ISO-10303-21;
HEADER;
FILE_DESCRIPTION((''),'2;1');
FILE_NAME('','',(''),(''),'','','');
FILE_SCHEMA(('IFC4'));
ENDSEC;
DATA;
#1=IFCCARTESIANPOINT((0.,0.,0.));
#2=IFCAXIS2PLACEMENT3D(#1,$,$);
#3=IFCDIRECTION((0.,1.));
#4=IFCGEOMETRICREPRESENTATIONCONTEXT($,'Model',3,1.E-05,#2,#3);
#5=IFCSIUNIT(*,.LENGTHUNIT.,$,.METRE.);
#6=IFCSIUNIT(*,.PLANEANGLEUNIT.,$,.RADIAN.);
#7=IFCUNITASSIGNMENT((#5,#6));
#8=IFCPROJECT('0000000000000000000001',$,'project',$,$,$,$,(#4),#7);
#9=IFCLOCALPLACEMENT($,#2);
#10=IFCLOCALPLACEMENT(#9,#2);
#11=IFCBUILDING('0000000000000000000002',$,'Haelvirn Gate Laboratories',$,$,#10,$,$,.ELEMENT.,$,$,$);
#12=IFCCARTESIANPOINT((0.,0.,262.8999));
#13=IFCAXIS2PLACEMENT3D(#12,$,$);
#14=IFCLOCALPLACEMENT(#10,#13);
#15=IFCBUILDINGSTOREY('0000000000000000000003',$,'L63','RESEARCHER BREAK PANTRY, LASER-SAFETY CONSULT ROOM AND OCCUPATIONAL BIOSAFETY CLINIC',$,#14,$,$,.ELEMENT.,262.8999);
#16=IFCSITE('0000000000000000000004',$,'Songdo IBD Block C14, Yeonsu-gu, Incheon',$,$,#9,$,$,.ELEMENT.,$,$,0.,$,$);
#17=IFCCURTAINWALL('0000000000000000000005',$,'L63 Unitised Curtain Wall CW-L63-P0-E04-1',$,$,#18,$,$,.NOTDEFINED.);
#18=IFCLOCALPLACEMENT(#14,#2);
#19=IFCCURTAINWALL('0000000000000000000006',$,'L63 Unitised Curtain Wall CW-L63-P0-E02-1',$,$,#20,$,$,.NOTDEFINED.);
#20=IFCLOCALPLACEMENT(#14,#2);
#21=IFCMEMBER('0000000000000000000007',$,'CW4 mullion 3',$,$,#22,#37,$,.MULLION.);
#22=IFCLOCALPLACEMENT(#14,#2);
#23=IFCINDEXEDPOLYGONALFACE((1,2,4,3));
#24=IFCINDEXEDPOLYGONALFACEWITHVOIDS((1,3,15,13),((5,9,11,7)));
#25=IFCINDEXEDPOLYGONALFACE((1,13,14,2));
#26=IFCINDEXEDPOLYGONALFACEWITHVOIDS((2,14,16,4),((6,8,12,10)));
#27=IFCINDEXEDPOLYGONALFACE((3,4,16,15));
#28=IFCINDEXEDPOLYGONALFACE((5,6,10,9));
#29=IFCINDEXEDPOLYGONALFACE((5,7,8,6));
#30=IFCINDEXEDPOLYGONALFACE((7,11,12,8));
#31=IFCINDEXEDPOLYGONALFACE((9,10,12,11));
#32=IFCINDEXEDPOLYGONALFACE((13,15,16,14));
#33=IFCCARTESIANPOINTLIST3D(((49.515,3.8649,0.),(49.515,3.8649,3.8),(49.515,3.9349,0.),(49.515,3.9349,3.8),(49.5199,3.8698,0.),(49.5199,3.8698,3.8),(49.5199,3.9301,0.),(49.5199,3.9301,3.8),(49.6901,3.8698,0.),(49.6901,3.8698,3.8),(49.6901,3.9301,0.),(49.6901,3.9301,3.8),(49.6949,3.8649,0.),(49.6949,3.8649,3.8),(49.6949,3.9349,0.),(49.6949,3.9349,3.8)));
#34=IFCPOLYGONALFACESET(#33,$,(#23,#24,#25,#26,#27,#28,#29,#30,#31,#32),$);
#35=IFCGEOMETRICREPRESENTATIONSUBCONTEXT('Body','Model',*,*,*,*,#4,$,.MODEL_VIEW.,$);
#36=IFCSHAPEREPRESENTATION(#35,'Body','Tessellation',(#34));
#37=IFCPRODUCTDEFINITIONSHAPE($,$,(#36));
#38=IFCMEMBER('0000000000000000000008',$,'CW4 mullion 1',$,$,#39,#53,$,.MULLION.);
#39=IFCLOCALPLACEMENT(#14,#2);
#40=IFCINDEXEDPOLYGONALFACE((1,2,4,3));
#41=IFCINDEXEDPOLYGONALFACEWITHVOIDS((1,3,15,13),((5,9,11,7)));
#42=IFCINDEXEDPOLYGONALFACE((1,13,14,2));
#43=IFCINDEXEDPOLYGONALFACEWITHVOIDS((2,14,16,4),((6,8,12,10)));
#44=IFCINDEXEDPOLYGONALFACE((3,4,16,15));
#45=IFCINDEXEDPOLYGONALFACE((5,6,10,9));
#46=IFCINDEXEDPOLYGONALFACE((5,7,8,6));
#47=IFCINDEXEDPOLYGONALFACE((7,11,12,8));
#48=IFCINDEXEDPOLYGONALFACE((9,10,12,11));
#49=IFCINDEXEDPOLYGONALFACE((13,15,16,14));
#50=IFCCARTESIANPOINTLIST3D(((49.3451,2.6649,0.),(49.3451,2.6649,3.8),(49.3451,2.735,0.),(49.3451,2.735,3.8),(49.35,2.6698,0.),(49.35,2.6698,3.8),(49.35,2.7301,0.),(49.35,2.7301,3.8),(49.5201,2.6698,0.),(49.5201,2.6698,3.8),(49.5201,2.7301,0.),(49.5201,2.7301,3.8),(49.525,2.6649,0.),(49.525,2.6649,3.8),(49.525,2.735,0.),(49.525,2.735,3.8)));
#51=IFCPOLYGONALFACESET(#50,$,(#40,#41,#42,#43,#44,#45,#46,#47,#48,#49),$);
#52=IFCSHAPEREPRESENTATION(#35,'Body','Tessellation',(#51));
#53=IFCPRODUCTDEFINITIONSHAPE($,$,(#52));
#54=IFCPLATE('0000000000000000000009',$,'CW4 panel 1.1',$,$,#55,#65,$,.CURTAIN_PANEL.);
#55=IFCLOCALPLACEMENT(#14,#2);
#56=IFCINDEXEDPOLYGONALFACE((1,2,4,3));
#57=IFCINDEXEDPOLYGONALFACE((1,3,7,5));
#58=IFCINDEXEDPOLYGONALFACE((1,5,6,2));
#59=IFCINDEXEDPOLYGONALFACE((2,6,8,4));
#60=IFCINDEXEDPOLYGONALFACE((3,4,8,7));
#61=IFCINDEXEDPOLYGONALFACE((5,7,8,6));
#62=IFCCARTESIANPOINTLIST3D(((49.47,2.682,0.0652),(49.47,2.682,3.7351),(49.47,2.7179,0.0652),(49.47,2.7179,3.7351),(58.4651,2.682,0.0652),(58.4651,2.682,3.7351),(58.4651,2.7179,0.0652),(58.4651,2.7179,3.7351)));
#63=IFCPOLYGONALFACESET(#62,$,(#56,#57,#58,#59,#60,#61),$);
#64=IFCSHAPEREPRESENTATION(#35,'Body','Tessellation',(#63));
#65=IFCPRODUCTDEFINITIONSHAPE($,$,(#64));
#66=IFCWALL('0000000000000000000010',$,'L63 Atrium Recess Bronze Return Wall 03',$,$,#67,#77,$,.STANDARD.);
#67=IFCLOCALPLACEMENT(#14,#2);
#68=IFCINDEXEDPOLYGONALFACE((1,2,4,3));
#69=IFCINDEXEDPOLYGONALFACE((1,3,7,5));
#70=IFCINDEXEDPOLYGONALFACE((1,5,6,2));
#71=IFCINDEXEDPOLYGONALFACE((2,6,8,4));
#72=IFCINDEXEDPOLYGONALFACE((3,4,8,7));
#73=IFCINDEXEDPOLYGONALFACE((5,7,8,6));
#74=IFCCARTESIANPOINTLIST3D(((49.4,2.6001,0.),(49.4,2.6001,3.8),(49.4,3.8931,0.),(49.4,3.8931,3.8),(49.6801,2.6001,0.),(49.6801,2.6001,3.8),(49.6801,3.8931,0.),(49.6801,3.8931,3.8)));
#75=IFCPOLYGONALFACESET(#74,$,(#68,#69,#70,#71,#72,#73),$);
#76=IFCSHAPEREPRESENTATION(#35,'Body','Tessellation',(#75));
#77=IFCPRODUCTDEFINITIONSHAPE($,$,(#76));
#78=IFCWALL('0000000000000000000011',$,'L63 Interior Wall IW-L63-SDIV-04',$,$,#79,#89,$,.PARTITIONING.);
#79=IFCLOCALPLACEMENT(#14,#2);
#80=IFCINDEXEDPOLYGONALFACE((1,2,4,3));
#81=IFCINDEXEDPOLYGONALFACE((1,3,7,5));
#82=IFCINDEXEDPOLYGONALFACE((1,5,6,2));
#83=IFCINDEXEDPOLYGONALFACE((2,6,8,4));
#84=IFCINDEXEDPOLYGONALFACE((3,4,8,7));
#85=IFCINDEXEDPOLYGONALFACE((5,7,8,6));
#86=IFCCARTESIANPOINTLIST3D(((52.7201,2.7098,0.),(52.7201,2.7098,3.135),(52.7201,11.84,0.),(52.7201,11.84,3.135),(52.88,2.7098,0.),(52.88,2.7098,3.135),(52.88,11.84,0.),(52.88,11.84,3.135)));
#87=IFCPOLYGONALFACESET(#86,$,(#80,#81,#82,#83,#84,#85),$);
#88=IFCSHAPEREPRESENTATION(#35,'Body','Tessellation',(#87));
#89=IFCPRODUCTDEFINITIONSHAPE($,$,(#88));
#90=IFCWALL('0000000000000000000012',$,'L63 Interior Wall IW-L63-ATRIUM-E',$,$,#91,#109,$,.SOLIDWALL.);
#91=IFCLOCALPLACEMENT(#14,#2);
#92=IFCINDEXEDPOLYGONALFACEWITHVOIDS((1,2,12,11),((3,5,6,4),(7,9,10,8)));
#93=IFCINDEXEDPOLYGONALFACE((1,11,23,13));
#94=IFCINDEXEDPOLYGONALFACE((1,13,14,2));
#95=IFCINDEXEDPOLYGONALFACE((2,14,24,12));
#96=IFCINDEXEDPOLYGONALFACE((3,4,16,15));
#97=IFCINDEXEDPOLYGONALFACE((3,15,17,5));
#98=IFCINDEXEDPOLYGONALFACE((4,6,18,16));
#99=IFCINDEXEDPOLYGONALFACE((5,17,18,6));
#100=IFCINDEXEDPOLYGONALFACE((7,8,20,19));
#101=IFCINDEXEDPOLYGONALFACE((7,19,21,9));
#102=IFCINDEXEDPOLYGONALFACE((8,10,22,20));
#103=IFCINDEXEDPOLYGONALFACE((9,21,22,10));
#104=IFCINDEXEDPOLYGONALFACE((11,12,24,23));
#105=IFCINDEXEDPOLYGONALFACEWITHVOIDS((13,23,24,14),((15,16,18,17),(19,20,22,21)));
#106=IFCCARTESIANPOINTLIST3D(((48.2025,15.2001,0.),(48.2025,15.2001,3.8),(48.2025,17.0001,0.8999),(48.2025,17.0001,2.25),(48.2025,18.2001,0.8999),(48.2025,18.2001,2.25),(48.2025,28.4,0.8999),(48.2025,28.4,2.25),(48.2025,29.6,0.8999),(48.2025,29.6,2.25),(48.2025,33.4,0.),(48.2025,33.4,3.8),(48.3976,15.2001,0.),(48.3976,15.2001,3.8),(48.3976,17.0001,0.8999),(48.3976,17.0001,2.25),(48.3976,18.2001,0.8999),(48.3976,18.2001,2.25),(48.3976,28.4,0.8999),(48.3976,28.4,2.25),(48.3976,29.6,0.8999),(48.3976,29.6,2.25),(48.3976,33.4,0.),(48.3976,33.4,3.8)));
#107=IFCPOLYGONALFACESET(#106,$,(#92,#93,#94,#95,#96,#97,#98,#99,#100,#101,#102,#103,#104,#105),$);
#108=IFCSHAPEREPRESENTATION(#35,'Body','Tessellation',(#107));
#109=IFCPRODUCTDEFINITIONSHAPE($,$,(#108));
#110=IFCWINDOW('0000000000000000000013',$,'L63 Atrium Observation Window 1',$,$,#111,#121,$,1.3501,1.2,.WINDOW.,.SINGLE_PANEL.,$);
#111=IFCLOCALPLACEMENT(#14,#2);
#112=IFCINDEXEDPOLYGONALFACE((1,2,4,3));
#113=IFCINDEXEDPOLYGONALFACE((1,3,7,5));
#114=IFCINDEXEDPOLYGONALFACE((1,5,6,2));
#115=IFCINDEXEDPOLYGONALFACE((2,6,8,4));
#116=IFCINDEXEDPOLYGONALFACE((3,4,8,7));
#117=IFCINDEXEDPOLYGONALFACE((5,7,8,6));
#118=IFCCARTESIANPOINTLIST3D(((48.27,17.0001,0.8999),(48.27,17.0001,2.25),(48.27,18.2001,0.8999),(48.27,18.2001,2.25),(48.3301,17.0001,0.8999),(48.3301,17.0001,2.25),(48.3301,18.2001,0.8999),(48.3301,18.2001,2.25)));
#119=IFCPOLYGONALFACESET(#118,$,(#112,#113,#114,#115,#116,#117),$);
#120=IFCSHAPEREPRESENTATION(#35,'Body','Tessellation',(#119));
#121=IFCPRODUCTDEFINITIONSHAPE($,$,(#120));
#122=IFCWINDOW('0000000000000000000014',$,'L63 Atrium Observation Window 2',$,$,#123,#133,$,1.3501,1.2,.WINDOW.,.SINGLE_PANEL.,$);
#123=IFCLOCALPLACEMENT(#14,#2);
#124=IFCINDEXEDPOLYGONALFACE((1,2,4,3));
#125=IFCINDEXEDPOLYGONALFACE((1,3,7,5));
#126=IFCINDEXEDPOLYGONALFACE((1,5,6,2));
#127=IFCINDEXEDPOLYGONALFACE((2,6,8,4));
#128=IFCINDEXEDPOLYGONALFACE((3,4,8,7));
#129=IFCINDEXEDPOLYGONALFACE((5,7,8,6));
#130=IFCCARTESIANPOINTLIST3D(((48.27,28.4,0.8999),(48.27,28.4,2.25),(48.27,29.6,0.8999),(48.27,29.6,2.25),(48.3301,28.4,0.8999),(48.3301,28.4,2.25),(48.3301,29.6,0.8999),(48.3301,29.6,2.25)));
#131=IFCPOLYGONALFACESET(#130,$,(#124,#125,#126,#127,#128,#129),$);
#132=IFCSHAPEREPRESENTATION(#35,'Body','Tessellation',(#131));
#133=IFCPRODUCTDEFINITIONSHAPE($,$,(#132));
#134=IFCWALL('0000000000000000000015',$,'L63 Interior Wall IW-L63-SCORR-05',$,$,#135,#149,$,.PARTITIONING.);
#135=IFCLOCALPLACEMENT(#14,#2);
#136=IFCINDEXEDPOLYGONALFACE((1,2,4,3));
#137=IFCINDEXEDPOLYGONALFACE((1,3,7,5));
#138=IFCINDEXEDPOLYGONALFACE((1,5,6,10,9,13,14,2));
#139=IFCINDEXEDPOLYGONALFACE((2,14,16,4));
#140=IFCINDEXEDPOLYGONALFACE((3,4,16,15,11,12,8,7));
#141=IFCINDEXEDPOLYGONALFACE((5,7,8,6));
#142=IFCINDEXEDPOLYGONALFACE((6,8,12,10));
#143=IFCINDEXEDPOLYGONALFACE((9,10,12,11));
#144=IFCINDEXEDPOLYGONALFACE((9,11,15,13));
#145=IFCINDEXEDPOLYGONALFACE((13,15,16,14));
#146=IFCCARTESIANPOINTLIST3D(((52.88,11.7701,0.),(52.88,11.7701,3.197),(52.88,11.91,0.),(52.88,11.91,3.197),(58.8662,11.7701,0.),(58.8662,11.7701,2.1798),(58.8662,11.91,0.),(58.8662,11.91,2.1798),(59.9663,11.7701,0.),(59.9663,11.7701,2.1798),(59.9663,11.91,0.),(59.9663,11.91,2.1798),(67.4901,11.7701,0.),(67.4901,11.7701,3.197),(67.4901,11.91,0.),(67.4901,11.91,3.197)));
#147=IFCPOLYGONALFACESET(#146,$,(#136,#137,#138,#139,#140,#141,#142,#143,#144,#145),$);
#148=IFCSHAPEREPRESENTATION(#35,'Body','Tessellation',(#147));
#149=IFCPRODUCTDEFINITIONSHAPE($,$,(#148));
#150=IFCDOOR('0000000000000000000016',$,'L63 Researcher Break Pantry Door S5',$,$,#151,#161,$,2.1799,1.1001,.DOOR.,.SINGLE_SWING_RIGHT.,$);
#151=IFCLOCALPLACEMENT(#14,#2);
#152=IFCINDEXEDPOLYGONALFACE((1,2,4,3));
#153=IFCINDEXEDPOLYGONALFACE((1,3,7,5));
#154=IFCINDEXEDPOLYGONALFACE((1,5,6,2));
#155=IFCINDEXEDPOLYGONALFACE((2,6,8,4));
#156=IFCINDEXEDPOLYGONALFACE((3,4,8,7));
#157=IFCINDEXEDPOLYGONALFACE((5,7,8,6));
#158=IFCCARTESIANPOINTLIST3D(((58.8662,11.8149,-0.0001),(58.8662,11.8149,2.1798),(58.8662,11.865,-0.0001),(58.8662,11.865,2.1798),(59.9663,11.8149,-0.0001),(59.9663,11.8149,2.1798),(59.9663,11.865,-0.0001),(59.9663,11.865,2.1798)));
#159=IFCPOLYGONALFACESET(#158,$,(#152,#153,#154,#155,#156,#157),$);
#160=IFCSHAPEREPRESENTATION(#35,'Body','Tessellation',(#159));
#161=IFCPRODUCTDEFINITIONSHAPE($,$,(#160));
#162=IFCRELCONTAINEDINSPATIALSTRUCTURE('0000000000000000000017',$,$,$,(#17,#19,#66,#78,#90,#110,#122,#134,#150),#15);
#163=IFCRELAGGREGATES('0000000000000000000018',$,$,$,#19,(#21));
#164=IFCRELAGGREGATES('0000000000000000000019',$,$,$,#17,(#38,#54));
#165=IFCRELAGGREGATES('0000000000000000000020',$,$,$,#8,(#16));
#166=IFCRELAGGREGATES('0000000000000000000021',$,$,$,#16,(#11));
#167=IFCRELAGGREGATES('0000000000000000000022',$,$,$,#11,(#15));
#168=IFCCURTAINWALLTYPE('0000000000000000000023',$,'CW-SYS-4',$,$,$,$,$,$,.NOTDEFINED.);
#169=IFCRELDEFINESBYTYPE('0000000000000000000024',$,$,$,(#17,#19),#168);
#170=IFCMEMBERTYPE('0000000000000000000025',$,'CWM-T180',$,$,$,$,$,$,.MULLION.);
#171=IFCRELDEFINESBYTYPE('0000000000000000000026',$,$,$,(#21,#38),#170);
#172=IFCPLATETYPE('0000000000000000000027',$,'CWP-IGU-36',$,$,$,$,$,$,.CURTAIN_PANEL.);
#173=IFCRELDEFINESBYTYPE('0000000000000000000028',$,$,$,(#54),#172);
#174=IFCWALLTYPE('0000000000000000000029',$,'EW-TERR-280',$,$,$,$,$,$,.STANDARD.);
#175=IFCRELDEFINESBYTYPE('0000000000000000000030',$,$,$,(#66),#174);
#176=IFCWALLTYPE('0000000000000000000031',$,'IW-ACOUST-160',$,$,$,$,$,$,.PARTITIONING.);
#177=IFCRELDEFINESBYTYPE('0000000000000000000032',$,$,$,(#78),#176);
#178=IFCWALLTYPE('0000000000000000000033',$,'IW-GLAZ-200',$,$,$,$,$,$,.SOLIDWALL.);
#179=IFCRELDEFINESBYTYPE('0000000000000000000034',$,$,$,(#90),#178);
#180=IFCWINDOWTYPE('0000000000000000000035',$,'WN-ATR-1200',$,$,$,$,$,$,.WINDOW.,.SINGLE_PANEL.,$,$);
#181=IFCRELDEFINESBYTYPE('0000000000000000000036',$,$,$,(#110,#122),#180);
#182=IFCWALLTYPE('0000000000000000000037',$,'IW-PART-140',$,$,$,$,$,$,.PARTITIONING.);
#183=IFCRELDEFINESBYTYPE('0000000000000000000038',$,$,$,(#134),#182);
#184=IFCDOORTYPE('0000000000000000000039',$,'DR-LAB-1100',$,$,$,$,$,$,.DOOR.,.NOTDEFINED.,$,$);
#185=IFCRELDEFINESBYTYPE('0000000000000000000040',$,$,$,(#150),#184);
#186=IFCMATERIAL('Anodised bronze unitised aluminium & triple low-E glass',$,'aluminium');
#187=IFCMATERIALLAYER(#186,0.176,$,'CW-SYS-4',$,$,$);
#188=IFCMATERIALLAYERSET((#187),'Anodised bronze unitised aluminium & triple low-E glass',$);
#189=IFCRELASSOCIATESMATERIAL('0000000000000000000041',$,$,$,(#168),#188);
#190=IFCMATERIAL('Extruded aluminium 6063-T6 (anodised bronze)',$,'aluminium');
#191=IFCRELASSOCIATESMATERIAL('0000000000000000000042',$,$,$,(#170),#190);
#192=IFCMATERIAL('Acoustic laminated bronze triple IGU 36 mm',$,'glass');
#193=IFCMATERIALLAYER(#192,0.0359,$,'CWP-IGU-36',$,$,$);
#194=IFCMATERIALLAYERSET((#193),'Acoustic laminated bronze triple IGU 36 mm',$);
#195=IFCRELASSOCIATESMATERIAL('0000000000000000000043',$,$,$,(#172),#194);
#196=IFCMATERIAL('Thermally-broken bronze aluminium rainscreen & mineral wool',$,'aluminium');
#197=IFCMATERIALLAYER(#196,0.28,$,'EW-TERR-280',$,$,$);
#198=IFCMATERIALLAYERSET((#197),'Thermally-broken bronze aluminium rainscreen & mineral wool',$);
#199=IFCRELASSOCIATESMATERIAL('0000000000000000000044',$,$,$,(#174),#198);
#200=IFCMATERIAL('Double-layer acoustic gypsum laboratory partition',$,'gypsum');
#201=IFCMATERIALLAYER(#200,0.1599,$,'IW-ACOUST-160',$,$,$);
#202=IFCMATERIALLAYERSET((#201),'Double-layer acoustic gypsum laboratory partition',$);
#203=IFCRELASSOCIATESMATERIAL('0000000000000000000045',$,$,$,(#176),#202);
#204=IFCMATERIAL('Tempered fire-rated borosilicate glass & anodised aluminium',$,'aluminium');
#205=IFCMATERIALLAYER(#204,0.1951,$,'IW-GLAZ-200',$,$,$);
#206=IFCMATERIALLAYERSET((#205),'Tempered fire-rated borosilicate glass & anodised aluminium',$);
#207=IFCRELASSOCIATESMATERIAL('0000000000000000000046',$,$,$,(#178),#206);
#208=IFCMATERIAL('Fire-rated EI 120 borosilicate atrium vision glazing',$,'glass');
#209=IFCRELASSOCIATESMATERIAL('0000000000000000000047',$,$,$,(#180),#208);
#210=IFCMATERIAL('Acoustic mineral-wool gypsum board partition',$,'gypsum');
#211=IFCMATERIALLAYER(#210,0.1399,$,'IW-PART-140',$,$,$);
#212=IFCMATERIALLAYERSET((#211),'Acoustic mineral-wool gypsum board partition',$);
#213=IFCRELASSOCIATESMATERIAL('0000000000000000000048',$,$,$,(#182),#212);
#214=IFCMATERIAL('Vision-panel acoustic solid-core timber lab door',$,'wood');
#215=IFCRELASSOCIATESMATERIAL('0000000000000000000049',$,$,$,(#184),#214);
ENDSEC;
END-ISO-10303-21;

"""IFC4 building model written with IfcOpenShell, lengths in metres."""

from ifc_helpers import new_model, si_unit, direction, frame, frame_2d, origin, origin_2d, place, context, subcontext, project, spatial, rectangle, hollow_rectangle, extrude, source, transform, mapped, material, layer, layer_set, material_profile, profile_set, type_object, type_shapes, element, fill, aggregate, save


model = new_model("IFC4")

# Units and contexts
model_context = context("Model", 3, precision=1e-05, world=origin(), true_north=direction((0.0, 1.0)))
body_context = subcontext(model_context, "Body", "Model", "MODEL_VIEW")
ifc_project = project(units=[si_unit("LENGTHUNIT", "METRE"), si_unit("PLANEANGLEUNIT", "RADIAN")], contexts=[model_context])

# Site, building, storey
site_placement = place(None, origin())
site = spatial("IfcSite", under=ifc_project, at=site_placement, Name="Songdo IBD Block C14, Yeonsu-gu, Incheon", CompositionType="ELEMENT", RefElevation=0.0)
building_placement = place(site_placement, origin())
building = spatial("IfcBuilding", under=site, at=building_placement, Name="Haelvirn Gate Laboratories", CompositionType="ELEMENT")
storey_placement = place(building_placement, frame((0.0, 0.0, 262.8999)))
storey = spatial("IfcBuildingStorey", under=building, at=storey_placement, Name="L63", Description="RESEARCHER BREAK PANTRY, LASER-SAFETY CONSULT ROOM AND OCCUPATIONAL BIOSAFETY CLINIC", CompositionType="ELEMENT", Elevation=262.8999)

# Curtain wall
ifc_material_1 = material(Name="Anodised bronze unitised aluminium & triple low-E glass", Category="aluminium")
ifc_layer_1 = layer(ifc_material_1, 0.176, Name="CW-SYS-4")
ifc_layer_set_1 = layer_set([ifc_layer_1], Name="Anodised bronze unitised aluminium & triple low-E glass")
curtain_wall_type = type_object("IfcCurtainWallType", Name="CW-SYS-4", PredefinedType="NOTDEFINED", material=ifc_layer_set_1)
curtain_wall_1_placement = place(storey_placement, origin())
curtain_wall_1 = element("IfcCurtainWall", 1, at=curtain_wall_1_placement, inside=storey, type_object=curtain_wall_type, Name="L63 Unitised Curtain Wall CW-L63-P0-E04-1", PredefinedType="NOTDEFINED")
ifc_material_2 = material(Name="Extruded aluminium 6063-T6 (anodised bronze)", Category="aluminium")

# Curtain wall, member
curtain_wall_2_placement = place(storey_placement, origin())
curtain_wall_2 = element("IfcCurtainWall", 2, at=curtain_wall_2_placement, inside=storey, type_object=curtain_wall_type, Name="L63 Unitised Curtain Wall CW-L63-P0-E02-1", PredefinedType="NOTDEFINED")
ifc_material_profile_1 = material_profile(ifc_material_2, hollow_rectangle(XDim=0.0701, YDim=0.1799, WallThickness=0.0049, at=origin_2d()), Name="CWM-180x70x5")
ifc_profile_set_1 = profile_set([ifc_material_profile_1], Name="Extruded aluminium 6063-T6 (anodised bronze)")
member_type_1 = type_object("IfcMemberType", Name="CWM-T180", PredefinedType="MULLION", material=ifc_profile_set_1)
shared_shape_1 = source(origin(), body_context, "Body", "SweptSolid", [
    extrude(hollow_rectangle(XDim=0.0701, YDim=0.1799, WallThickness=0.0049, at=origin_2d()), origin(), (0.0, 0.0, 1.0), 3.8),
])
type_shapes(member_type_1, [shared_shape_1])
member_1_placement = place(storey_placement, frame((49.605, 3.8999, 0.0), z_axis=(0.0, 0.0, 1.0), x_axis=(0.0, 1.0, 0.0)))
member_1 = element("IfcMember", 3, at=member_1_placement, type_object=member_type_1, Name="CW4 mullion 3", PredefinedType="MULLION", context=body_context, shape_type="MappedRepresentation", body=[
    mapped(shared_shape_1, transform((0.0, 0.0, 0.0), scale=1.0)),
])
aggregate(curtain_wall_2, [member_1])

# Member
member_2_placement = place(storey_placement, frame((49.4351, 2.7, 0.0), z_axis=(0.0, 0.0, 1.0), x_axis=(0.0, 1.0, 0.0)))
member_2 = element("IfcMember", 4, at=member_2_placement, type_object=member_type_1, Name="CW4 mullion 1", PredefinedType="MULLION", context=body_context, shape_type="MappedRepresentation", body=[
    mapped(shared_shape_1, transform((0.0, 0.0, 0.0), scale=1.0)),
])

# Plate
ifc_material_3 = material(Name="Acoustic laminated bronze triple IGU 36 mm", Category="glass")
ifc_layer_2 = layer(ifc_material_3, 0.0359, Name="CWP-IGU-36")
ifc_layer_set_2 = layer_set([ifc_layer_2], Name="Acoustic laminated bronze triple IGU 36 mm")
plate_type = type_object("IfcPlateType", Name="CWP-IGU-36", PredefinedType="CURTAIN_PANEL", material=ifc_layer_set_2)
shared_shape_2 = source(origin(), body_context, "Body", "SweptSolid", [
    extrude(rectangle(XDim=8.9951, YDim=0.0359, at=origin_2d()), origin(), (0.0, 0.0, 1.0), 3.6699),
])
type_shapes(plate_type, [shared_shape_2])
plate_placement = place(storey_placement, frame((53.9675, 2.7, 0.0652), z_axis=(0.0, 0.0, 1.0), x_axis=(1.0, 0.0, 0.0)))
plate = element("IfcPlate", 5, at=plate_placement, type_object=plate_type, Name="CW4 panel 1.1", PredefinedType="CURTAIN_PANEL", context=body_context, shape_type="MappedRepresentation", body=[
    mapped(shared_shape_2, transform((0.0, 0.0, 0.0), scale=1.0)),
])
aggregate(curtain_wall_1, [member_2, plate])

# Walls
ifc_material_4 = material(Name="Thermally-broken bronze aluminium rainscreen & mineral wool", Category="aluminium")
ifc_layer_3 = layer(ifc_material_4, 0.28, Name="EW-TERR-280")
ifc_layer_set_3 = layer_set([ifc_layer_3], Name="Thermally-broken bronze aluminium rainscreen & mineral wool")
wall_type_1 = type_object("IfcWallType", Name="EW-TERR-280", PredefinedType="STANDARD", material=ifc_layer_set_3)
wall_1_placement = place(storey_placement, frame((49.54, 3.8931, 0.0), z_axis=(0.0, 0.0, 1.0), x_axis=(0.0, -1.0, 0.0)))
element("IfcWall", 6, at=wall_1_placement, inside=storey, type_object=wall_type_1, Name="L63 Atrium Recess Bronze Return Wall 03", PredefinedType="STANDARD", context=body_context, shape_type="SweptSolid", body=[
    extrude(rectangle(XDim=1.293, YDim=0.28, at=frame_2d((0.6465, 0.0))), origin(), (0.0, 0.0, 1.0), 3.8),
])
ifc_material_5 = material(Name="Double-layer acoustic gypsum laboratory partition", Category="gypsum")
ifc_layer_4 = layer(ifc_material_5, 0.1599, Name="IW-ACOUST-160")
ifc_layer_set_4 = layer_set([ifc_layer_4], Name="Double-layer acoustic gypsum laboratory partition")
wall_type_2 = type_object("IfcWallType", Name="IW-ACOUST-160", PredefinedType="PARTITIONING", material=ifc_layer_set_4)
wall_2_placement = place(storey_placement, frame((52.8, 2.71, 0.0), z_axis=(0.0, 0.0, 1.0), x_axis=(0.0, 1.0, 0.0)))
element("IfcWall", 7, at=wall_2_placement, inside=storey, type_object=wall_type_2, Name="L63 Interior Wall IW-L63-SDIV-04", PredefinedType="PARTITIONING", context=body_context, shape_type="SweptSolid", body=[
    extrude(rectangle(XDim=9.1301, YDim=0.1599, at=frame_2d((4.5649, 0.0))), origin(), (0.0, 0.0, 1.0), 3.135),
])

# Wall, openings, windows
ifc_material_6 = material(Name="Tempered fire-rated borosilicate glass & anodised aluminium", Category="aluminium")
ifc_layer_5 = layer(ifc_material_6, 0.1951, Name="IW-GLAZ-200")
ifc_layer_set_5 = layer_set([ifc_layer_5], Name="Tempered fire-rated borosilicate glass & anodised aluminium")
wall_type_3 = type_object("IfcWallType", Name="IW-GLAZ-200", PredefinedType="SOLIDWALL", material=ifc_layer_set_5)
wall_3_placement = place(storey_placement, frame((48.3, 15.2, 0.0), z_axis=(0.0, 0.0, 1.0), x_axis=(0.0, 1.0, 0.0)))
wall_3 = element("IfcWall", 8, at=wall_3_placement, inside=storey, type_object=wall_type_3, Name="L63 Interior Wall IW-L63-ATRIUM-E", PredefinedType="SOLIDWALL", context=body_context, shape_type="SweptSolid", body=[
    extrude(rectangle(XDim=18.2, YDim=0.1951, at=frame_2d((9.1001, 0.0))), origin(), (0.0, 0.0, 1.0), 3.8),
])
opening_1_placement = place(wall_3_placement, frame((1.8, 0.0, 0.8999)))
opening_1 = element("IfcOpeningElement", 9, at=opening_1_placement, cuts=wall_3, PredefinedType="OPENING", context=body_context, shape_type="SweptSolid", body=[
    extrude(rectangle(XDim=1.2, YDim=1.3501, at=frame_2d((0.6001, 0.675))), frame((0.0, 0.1074, 0.0), z_axis=(0.0, -1.0, 0.0), x_axis=(1.0, 0.0, 0.0)), (0.0, 0.0, 1.0), 0.2151),
])
opening_2_placement = place(wall_3_placement, frame((13.2, 0.0, 0.8999)))
opening_2 = element("IfcOpeningElement", 10, at=opening_2_placement, cuts=wall_3, PredefinedType="OPENING", context=body_context, shape_type="SweptSolid", body=[
    extrude(rectangle(XDim=1.2, YDim=1.3501, at=frame_2d((0.6001, 0.675))), frame((0.0, 0.1074, 0.0), z_axis=(0.0, -1.0, 0.0), x_axis=(1.0, 0.0, 0.0)), (0.0, 0.0, 1.0), 0.2151),
])
ifc_material_7 = material(Name="Fire-rated EI 120 borosilicate atrium vision glazing", Category="glass")
window_type = type_object("IfcWindowType", Name="WN-ATR-1200", PartitioningType="SINGLE_PANEL", PredefinedType="WINDOW", material=ifc_material_7)
shared_shape_3 = source(origin(), body_context, "Body", "SweptSolid", [
    extrude(rectangle(XDim=1.2, YDim=1.3501, at=frame_2d((0.6001, 0.675))), frame((0.0, 0.03, 0.0), z_axis=(0.0, -1.0, 0.0), x_axis=(1.0, 0.0, 0.0)), (0.0, 0.0, 1.0), 0.0601),
])
type_shapes(window_type, [shared_shape_3])
window_1_placement = place(opening_1_placement, origin())
window_1 = element("IfcWindow", 11, at=window_1_placement, inside=storey, type_object=window_type, Name="L63 Atrium Observation Window 1", OverallHeight=1.3501, OverallWidth=1.2, PartitioningType="SINGLE_PANEL", PredefinedType="WINDOW", context=body_context, shape_type="MappedRepresentation", body=[
    mapped(shared_shape_3, transform((0.0, 0.0, 0.0), scale=1.0)),
])
fill(opening_1, window_1)
window_2_placement = place(opening_2_placement, origin())
window_2 = element("IfcWindow", 12, at=window_2_placement, inside=storey, type_object=window_type, Name="L63 Atrium Observation Window 2", OverallHeight=1.3501, OverallWidth=1.2, PartitioningType="SINGLE_PANEL", PredefinedType="WINDOW", context=body_context, shape_type="MappedRepresentation", body=[
    mapped(shared_shape_3, transform((0.0, 0.0, 0.0), scale=1.0)),
])
fill(opening_2, window_2)

# Wall, opening, door
ifc_material_8 = material(Name="Acoustic mineral-wool gypsum board partition", Category="gypsum")
ifc_layer_6 = layer(ifc_material_8, 0.1399, Name="IW-PART-140")
ifc_layer_set_6 = layer_set([ifc_layer_6], Name="Acoustic mineral-wool gypsum board partition")
wall_type_4 = type_object("IfcWallType", Name="IW-PART-140", PredefinedType="PARTITIONING", material=ifc_layer_set_6)
wall_4_placement = place(storey_placement, frame((52.8799, 11.8401, 0.0), z_axis=(0.0, 0.0, 1.0), x_axis=(1.0, 0.0, 0.0)))
wall_4 = element("IfcWall", 13, at=wall_4_placement, inside=storey, type_object=wall_type_4, Name="L63 Interior Wall IW-L63-SCORR-05", PredefinedType="PARTITIONING", context=body_context, shape_type="SweptSolid", body=[
    extrude(rectangle(XDim=14.6101, YDim=0.1399, at=frame_2d((7.3052, 0.0))), origin(), (0.0, 0.0, 1.0), 3.197),
])
opening_3_placement = place(wall_4_placement, frame((5.9863, 0.0, 0.0)))
opening_3 = element("IfcOpeningElement", 14, at=opening_3_placement, cuts=wall_4, PredefinedType="OPENING", context=body_context, shape_type="SweptSolid", body=[
    extrude(rectangle(XDim=1.1001, YDim=2.1799, at=frame_2d((0.55, 1.0898))), frame((0.0, 0.0801, 0.0), z_axis=(0.0, -1.0, 0.0), x_axis=(1.0, 0.0, 0.0)), (0.0, 0.0, 1.0), 0.1599),
])
ifc_material_9 = material(Name="Vision-panel acoustic solid-core timber lab door", Category="wood")
door_type_1 = type_object("IfcDoorType", Name="DR-LAB-1100", OperationType="NOTDEFINED", PredefinedType="DOOR", material=ifc_material_9)
shared_shape_4 = source(origin(), body_context, "Body", "SweptSolid", [
    extrude(rectangle(XDim=1.1001, YDim=2.1799, at=frame_2d((0.55, 1.0898))), frame((0.0, 0.0249, 0.0), z_axis=(0.0, -1.0, 0.0), x_axis=(1.0, 0.0, 0.0)), (0.0, 0.0, 1.0), 0.05),
])
type_shapes(door_type_1, [shared_shape_4])
door_1_placement = place(opening_3_placement, origin())
door_1 = element("IfcDoor", 15, at=door_1_placement, inside=storey, type_object=door_type_1, Name="L63 Researcher Break Pantry Door S5", OperationType="SINGLE_SWING_RIGHT", OverallHeight=2.1799, OverallWidth=1.1001, PredefinedType="DOOR", context=body_context, shape_type="MappedRepresentation", body=[
    mapped(shared_shape_4, transform((0.0, 0.0, 0.0), scale=1.0)),
])
fill(opening_3, door_1)

save(model, "model.ifc")
